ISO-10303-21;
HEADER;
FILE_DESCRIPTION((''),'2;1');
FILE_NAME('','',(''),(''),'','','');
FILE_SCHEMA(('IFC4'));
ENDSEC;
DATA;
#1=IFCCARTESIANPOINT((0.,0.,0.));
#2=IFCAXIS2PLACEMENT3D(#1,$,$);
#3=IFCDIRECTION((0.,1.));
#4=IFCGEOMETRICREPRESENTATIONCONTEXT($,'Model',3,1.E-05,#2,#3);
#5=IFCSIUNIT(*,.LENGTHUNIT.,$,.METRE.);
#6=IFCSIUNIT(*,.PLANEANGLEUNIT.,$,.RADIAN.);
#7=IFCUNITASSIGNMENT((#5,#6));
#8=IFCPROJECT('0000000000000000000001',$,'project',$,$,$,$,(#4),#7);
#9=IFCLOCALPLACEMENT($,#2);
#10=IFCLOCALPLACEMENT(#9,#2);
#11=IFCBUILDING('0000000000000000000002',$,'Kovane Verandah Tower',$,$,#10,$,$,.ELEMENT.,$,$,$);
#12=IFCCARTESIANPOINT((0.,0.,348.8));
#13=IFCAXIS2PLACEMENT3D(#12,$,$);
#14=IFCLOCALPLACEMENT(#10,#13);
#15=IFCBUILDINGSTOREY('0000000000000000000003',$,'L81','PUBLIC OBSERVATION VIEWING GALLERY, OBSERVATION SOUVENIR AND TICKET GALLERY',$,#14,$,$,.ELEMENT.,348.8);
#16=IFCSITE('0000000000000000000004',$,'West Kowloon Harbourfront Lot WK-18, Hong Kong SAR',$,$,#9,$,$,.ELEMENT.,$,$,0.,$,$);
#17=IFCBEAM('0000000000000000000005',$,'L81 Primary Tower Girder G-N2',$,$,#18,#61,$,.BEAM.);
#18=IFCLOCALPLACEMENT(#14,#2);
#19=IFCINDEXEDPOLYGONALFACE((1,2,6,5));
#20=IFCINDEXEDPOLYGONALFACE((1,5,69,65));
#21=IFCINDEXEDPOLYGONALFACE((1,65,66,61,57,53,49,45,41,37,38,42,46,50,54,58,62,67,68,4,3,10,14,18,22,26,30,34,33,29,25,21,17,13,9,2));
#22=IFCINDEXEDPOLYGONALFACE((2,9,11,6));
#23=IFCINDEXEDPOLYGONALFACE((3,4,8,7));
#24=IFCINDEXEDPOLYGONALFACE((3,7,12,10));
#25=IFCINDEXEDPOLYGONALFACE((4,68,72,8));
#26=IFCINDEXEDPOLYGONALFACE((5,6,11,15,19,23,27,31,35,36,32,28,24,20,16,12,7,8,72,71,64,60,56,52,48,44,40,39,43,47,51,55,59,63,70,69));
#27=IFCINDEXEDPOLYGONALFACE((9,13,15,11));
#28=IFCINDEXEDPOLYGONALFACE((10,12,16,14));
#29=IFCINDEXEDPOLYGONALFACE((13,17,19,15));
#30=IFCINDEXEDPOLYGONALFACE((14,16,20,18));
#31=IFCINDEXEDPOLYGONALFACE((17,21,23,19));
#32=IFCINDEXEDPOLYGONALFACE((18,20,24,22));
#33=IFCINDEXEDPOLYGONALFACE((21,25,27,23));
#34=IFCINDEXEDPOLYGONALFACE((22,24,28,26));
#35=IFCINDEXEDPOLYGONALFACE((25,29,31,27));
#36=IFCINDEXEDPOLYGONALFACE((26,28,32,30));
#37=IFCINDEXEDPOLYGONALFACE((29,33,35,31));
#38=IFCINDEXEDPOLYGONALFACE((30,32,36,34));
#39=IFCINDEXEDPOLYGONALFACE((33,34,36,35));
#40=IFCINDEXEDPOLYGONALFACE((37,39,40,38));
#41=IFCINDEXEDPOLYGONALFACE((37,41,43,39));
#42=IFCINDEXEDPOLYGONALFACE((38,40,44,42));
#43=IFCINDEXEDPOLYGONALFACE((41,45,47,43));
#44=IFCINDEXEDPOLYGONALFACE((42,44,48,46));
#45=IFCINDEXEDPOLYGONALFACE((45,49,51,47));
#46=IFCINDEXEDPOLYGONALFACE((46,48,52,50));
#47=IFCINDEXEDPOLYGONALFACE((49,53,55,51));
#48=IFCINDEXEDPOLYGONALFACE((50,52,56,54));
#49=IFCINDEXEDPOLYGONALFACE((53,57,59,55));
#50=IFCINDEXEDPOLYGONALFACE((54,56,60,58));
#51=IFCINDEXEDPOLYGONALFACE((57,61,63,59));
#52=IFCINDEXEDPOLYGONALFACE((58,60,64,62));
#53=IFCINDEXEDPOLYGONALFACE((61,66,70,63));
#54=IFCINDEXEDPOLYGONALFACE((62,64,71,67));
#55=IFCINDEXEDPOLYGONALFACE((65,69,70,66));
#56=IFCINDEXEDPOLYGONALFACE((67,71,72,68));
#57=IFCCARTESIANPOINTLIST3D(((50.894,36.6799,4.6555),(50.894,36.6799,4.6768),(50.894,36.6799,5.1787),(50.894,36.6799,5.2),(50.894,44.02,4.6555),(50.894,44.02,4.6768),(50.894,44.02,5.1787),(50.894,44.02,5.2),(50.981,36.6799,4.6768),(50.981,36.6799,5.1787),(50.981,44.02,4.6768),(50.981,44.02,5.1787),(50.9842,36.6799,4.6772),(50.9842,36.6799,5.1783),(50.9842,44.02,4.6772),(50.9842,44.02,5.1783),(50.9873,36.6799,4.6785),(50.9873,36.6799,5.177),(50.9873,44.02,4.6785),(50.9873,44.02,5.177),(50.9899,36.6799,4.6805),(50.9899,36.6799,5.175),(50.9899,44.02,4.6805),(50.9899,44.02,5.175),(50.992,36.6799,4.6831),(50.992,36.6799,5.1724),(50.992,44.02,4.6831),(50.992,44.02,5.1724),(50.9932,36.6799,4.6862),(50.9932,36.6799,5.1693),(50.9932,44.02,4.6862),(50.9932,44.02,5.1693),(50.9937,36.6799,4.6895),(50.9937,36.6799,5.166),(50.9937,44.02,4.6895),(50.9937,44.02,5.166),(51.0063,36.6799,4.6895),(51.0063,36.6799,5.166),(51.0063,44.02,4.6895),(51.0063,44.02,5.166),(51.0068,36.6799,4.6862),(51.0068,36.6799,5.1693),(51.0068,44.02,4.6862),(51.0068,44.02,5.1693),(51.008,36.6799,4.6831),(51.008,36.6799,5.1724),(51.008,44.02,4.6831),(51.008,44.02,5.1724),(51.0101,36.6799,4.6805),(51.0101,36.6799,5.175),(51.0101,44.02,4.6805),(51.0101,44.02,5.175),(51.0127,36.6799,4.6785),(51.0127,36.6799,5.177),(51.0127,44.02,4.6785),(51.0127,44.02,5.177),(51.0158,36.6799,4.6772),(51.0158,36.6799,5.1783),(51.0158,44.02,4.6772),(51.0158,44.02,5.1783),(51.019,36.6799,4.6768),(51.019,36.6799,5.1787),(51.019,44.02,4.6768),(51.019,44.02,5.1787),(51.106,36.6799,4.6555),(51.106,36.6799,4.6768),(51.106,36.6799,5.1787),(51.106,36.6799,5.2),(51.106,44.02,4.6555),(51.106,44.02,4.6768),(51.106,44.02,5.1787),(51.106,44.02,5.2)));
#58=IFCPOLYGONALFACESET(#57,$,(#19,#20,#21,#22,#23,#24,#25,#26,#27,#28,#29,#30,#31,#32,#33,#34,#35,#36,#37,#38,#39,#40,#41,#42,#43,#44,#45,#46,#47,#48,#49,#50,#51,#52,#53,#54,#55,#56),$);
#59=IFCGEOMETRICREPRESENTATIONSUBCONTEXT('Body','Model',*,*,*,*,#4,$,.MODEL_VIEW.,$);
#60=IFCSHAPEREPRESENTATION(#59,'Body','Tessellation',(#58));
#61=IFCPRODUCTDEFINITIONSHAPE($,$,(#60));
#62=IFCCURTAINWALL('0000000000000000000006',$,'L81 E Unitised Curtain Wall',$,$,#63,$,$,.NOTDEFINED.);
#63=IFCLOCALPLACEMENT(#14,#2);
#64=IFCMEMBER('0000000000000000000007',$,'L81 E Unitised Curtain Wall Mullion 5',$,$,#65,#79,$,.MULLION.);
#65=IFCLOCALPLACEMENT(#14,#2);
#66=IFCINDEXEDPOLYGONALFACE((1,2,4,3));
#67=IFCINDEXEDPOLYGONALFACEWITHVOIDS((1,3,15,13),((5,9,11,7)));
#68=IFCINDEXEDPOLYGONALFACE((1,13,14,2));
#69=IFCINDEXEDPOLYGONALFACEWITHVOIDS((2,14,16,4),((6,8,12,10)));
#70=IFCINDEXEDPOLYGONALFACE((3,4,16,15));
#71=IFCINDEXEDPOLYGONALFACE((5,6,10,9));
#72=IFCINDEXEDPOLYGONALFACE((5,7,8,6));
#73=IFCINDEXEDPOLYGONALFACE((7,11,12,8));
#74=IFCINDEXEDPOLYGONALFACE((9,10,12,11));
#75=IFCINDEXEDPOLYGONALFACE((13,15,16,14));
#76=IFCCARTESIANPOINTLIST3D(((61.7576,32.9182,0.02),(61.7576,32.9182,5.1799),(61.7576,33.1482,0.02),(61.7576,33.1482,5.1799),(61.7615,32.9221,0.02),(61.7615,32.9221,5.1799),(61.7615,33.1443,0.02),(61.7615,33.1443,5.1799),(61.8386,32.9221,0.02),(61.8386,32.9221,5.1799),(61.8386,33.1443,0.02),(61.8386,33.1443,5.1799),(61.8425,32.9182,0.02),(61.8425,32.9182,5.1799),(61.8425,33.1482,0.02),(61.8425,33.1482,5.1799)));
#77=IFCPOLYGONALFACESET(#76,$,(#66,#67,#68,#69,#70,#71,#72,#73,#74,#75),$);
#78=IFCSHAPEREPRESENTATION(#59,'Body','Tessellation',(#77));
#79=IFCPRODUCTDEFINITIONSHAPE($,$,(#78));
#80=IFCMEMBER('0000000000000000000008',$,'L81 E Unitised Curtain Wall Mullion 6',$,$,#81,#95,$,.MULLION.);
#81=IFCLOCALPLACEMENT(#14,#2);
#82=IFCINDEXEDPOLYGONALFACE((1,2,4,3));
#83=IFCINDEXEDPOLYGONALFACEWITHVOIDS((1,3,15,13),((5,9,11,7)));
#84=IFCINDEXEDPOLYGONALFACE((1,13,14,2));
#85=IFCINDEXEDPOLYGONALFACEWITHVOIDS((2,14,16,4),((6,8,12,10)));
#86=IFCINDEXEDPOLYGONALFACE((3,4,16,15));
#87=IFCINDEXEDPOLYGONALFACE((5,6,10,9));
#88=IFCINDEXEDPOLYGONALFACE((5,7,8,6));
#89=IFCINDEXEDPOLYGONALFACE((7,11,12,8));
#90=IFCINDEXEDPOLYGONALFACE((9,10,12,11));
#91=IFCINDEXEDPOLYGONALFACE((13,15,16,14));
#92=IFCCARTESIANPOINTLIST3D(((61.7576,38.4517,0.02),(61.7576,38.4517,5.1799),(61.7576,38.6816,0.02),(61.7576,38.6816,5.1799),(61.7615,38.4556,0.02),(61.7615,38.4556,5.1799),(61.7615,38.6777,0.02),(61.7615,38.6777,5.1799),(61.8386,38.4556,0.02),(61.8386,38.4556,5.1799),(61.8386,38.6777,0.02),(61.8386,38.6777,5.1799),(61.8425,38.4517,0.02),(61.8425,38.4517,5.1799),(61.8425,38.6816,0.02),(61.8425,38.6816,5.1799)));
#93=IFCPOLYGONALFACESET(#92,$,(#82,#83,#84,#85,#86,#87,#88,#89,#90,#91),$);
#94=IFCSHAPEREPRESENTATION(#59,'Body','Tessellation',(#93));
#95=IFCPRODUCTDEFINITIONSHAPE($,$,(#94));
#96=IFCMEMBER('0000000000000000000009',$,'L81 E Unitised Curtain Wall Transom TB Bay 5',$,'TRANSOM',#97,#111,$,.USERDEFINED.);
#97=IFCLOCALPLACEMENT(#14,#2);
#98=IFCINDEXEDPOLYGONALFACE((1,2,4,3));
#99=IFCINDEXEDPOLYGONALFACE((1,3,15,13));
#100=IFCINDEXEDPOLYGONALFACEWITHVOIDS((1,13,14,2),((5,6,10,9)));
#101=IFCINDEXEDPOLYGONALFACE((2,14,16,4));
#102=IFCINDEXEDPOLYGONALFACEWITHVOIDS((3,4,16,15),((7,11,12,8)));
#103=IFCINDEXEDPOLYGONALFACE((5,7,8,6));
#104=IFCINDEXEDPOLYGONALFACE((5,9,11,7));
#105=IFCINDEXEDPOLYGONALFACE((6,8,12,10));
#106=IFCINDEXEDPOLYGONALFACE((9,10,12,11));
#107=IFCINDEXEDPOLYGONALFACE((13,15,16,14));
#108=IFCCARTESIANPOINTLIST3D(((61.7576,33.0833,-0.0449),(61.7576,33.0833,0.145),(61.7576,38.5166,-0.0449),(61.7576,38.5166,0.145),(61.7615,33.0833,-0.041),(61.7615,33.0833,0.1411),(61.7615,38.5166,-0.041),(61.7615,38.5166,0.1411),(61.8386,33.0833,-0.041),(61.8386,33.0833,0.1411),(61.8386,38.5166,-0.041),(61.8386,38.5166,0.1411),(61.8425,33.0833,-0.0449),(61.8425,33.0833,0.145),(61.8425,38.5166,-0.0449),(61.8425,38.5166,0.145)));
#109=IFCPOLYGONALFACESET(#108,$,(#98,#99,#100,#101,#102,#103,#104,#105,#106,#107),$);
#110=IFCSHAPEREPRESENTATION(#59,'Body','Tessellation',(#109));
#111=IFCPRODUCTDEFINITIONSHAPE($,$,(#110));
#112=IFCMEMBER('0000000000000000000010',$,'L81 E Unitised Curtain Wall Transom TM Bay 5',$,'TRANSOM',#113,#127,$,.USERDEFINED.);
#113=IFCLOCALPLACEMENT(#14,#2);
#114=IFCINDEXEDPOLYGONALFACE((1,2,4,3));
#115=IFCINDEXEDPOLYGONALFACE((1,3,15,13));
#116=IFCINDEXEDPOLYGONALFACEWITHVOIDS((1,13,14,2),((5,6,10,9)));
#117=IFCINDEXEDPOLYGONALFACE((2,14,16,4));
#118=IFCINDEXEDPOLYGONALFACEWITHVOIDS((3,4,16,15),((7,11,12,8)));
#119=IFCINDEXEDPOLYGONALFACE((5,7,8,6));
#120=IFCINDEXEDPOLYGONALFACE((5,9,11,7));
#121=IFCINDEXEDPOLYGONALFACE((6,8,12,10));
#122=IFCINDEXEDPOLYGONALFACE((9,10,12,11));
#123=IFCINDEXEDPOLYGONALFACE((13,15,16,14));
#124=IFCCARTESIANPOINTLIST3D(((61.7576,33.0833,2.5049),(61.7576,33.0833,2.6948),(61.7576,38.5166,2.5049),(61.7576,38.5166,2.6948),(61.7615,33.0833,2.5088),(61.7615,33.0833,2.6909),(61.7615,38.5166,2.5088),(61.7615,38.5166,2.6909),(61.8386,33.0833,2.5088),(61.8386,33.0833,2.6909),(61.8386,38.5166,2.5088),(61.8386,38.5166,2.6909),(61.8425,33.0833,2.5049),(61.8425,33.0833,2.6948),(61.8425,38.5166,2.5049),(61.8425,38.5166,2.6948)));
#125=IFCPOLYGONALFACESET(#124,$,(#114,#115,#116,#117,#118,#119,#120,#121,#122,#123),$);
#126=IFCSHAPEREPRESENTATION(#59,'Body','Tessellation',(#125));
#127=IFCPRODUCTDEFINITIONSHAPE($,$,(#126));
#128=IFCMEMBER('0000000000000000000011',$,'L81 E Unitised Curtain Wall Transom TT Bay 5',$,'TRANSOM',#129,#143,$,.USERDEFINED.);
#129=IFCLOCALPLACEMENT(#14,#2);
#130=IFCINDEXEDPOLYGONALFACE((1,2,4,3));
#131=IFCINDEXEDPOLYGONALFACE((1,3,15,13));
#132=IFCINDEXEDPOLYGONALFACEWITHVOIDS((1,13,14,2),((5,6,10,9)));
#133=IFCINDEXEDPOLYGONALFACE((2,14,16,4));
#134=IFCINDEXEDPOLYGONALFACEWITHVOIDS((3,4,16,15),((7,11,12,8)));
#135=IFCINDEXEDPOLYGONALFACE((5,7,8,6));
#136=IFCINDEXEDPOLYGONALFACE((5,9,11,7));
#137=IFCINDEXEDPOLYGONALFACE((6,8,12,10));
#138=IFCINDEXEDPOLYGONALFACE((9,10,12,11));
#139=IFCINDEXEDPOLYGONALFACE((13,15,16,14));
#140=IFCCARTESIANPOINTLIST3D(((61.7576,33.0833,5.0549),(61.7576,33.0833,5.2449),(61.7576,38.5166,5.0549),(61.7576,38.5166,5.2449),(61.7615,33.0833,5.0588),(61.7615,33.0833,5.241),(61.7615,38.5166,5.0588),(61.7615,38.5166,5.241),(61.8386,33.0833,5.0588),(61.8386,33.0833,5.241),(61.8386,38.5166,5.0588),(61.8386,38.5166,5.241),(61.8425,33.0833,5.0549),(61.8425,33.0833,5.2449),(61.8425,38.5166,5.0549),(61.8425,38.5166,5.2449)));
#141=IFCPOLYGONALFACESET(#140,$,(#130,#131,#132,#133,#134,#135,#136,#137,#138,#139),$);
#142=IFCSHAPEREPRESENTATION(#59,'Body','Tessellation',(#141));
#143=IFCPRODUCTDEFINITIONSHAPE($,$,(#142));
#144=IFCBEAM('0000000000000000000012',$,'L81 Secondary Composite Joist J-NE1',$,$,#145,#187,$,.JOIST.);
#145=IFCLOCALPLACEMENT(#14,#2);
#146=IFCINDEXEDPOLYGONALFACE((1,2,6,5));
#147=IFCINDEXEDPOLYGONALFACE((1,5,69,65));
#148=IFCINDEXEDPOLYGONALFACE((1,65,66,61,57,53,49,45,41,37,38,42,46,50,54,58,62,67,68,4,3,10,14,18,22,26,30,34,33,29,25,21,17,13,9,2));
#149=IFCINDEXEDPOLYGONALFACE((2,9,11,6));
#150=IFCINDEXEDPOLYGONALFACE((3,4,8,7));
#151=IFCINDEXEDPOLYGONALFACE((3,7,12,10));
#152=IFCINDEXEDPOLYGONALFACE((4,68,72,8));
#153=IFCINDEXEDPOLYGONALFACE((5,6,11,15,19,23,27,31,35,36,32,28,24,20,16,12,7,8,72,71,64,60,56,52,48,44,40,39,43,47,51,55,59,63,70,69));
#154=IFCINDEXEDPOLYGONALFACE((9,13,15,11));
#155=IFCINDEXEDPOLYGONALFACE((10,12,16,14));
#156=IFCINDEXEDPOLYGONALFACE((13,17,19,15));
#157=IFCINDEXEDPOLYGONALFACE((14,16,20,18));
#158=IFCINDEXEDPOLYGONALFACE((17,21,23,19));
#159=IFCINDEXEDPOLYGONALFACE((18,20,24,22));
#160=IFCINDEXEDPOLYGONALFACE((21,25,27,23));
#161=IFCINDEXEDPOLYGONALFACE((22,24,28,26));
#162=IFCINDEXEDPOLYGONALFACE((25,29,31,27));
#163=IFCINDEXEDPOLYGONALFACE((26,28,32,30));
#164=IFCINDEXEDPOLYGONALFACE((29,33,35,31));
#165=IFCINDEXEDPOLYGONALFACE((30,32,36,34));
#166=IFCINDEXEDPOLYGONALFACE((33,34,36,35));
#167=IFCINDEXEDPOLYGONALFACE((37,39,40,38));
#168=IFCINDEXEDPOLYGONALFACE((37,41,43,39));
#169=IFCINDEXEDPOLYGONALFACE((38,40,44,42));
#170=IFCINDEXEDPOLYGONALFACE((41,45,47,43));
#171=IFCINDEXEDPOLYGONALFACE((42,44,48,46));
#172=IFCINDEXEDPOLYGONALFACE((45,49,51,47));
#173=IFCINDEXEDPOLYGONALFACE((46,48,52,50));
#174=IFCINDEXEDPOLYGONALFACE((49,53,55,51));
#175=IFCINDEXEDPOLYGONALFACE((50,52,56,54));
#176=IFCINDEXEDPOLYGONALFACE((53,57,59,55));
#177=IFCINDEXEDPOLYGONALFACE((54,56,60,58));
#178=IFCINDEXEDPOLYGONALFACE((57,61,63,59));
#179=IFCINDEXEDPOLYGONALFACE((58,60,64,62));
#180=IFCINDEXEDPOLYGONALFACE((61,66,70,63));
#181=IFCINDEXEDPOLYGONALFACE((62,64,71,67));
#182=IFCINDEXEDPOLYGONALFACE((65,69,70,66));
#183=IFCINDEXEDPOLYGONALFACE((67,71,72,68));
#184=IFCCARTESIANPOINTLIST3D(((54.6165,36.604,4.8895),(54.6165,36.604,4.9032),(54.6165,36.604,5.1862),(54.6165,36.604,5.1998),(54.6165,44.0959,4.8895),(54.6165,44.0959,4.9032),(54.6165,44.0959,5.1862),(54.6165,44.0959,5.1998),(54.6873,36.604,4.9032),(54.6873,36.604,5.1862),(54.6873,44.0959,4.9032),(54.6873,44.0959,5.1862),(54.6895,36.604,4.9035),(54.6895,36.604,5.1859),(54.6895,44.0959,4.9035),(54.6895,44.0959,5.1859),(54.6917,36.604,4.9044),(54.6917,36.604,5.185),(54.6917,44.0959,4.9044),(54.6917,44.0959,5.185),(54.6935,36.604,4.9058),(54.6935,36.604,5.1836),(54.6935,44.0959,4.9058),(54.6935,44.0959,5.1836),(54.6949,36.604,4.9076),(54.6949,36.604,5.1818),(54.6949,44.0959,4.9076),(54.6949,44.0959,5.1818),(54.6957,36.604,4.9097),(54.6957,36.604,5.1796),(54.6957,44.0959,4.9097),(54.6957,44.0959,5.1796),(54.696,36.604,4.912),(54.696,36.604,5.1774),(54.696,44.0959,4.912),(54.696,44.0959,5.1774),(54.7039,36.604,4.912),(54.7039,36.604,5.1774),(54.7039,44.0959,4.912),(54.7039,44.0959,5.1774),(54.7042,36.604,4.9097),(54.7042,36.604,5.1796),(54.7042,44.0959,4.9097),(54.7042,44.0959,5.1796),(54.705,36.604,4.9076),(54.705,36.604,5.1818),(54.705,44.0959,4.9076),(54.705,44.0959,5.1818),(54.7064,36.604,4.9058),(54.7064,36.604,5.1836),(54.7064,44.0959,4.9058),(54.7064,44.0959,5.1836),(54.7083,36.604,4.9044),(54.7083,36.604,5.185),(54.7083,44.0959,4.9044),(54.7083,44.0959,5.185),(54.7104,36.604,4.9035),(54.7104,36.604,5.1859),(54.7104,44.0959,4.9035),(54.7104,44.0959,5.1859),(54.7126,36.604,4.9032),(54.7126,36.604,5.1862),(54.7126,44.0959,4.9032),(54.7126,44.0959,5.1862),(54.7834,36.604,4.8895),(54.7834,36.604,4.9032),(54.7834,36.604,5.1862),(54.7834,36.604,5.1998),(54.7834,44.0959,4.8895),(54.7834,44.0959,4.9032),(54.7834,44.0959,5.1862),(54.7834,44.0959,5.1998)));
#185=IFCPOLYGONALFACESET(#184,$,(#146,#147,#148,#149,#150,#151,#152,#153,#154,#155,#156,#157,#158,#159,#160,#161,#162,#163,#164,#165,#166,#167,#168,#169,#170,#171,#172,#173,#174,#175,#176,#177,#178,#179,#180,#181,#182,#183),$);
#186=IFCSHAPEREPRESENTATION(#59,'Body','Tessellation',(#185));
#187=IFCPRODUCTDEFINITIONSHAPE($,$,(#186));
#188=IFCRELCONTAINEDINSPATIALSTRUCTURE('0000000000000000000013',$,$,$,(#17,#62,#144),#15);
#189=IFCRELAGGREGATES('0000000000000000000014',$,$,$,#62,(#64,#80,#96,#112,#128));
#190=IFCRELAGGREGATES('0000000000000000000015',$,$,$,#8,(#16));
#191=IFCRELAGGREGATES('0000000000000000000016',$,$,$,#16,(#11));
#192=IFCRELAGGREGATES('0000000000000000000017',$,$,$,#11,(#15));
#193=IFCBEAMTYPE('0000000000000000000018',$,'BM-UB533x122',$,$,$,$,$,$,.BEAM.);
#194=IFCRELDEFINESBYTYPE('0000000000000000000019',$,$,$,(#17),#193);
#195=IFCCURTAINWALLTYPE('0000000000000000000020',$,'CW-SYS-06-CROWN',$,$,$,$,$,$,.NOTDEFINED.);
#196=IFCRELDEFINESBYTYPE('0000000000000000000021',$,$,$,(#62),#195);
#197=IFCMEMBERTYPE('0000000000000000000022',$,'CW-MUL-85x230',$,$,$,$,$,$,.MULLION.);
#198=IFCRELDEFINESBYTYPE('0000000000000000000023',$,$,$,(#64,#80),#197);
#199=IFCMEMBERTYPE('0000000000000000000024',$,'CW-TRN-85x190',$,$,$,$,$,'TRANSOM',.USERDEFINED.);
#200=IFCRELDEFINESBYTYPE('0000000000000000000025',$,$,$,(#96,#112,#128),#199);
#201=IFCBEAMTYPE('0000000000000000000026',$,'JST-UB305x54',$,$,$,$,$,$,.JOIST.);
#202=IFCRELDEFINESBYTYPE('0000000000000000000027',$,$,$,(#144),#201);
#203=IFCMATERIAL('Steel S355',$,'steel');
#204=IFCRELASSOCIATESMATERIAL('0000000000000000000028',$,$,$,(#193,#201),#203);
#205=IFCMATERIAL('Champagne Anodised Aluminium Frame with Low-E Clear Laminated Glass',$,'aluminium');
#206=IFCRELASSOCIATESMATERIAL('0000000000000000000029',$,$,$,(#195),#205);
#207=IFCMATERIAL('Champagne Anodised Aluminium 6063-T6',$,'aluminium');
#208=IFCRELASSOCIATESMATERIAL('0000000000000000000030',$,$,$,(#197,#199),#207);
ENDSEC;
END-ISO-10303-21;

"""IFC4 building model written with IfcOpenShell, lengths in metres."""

from ifc_helpers import new_model, si_unit, direction, frame, origin, origin_2d, place, context, subcontext, project, spatial, hollow_rectangle, i_section, extrude, material, material_profile, profile_set, type_object, element, aggregate, save


model = new_model("IFC4")

# Units and contexts
model_context = context("Model", 3, precision=1e-05, world=origin(), true_north=direction((0.0, 1.0)))
body_context = subcontext(model_context, "Body", "Model", "MODEL_VIEW")
ifc_project = project(units=[si_unit("LENGTHUNIT", "METRE"), si_unit("PLANEANGLEUNIT", "RADIAN")], contexts=[model_context])

# Site, building, storey
site_placement = place(None, origin())
site = spatial("IfcSite", under=ifc_project, at=site_placement, Name="West Kowloon Harbourfront Lot WK-18, Hong Kong SAR", CompositionType="ELEMENT", RefElevation=0.0)
building_placement = place(site_placement, origin())
building = spatial("IfcBuilding", under=site, at=building_placement, Name="Kovane Verandah Tower", CompositionType="ELEMENT")
storey_placement = place(building_placement, frame((0.0, 0.0, 348.8)))
storey = spatial("IfcBuildingStorey", under=building, at=storey_placement, Name="L81", Description="PUBLIC OBSERVATION VIEWING GALLERY, OBSERVATION SOUVENIR AND TICKET GALLERY", CompositionType="ELEMENT", Elevation=348.8)

# Beam
ifc_material_1 = material(Name="Steel S355", Category="steel")
ifc_material_profile_1 = material_profile(ifc_material_1, i_section(OverallWidth=0.2119, OverallDepth=0.5444, WebThickness=0.0127, FlangeThickness=0.0212, FilletRadius=0.0127, at=origin_2d()), Name="UB533x210x122")
ifc_profile_set_1 = profile_set([ifc_material_profile_1], Name="Steel S355")
beam_type_1 = type_object("IfcBeamType", Name="BM-UB533x122", PredefinedType="BEAM", material=ifc_profile_set_1)
beam_1_placement = place(storey_placement, frame((51.0, 36.6799, 4.9277), z_axis=(0.0, 1.0, 0.0), x_axis=(-1.0, 0.0, 0.0)))
element("IfcBeam", 1, at=beam_1_placement, inside=storey, type_object=beam_type_1, Name="L81 Primary Tower Girder G-N2", PredefinedType="BEAM", context=body_context, shape_type="SweptSolid", body=[
    extrude(i_section(OverallWidth=0.2119, OverallDepth=0.5444, WebThickness=0.0127, FlangeThickness=0.0212, FilletRadius=0.0127, at=origin_2d()), origin(), (0.0, 0.0, 1.0), 7.3401),
])

# Curtain wall, members
ifc_material_2 = material(Name="Champagne Anodised Aluminium Frame with Low-E Clear Laminated Glass", Category="aluminium")
curtain_wall_type = type_object("IfcCurtainWallType", Name="CW-SYS-06-CROWN", PredefinedType="NOTDEFINED", material=ifc_material_2)
curtain_wall_placement = place(storey_placement, origin())
curtain_wall = element("IfcCurtainWall", 2, at=curtain_wall_placement, inside=storey, type_object=curtain_wall_type, Name="L81 E Unitised Curtain Wall", PredefinedType="NOTDEFINED")
ifc_material_3 = material(Name="Champagne Anodised Aluminium 6063-T6", Category="aluminium")
ifc_material_profile_2 = material_profile(ifc_material_3, hollow_rectangle(XDim=0.085, YDim=0.23, WallThickness=0.0039, at=origin_2d()), Name="AL85x230x4")
ifc_profile_set_2 = profile_set([ifc_material_profile_2], Name="Champagne Anodised Aluminium 6063-T6")
member_type_1 = type_object("IfcMemberType", Name="CW-MUL-85x230", PredefinedType="MULLION", material=ifc_profile_set_2)
member_1_placement = place(storey_placement, frame((61.8, 33.0332, 0.02), z_axis=(0.0, 0.0, 1.0), x_axis=(1.0, 0.0, 0.0)))
member_1 = element("IfcMember", 3, at=member_1_placement, type_object=member_type_1, Name="L81 E Unitised Curtain Wall Mullion 5", PredefinedType="MULLION", context=body_context, shape_type="SweptSolid", body=[
    extrude(hollow_rectangle(XDim=0.085, YDim=0.23, WallThickness=0.0039, at=origin_2d()), origin(), (0.0, 0.0, 1.0), 5.1599),
])
member_2_placement = place(storey_placement, frame((61.8, 38.5667, 0.02), z_axis=(0.0, 0.0, 1.0), x_axis=(1.0, 0.0, 0.0)))
member_2 = element("IfcMember", 4, at=member_2_placement, type_object=member_type_1, Name="L81 E Unitised Curtain Wall Mullion 6", PredefinedType="MULLION", context=body_context, shape_type="SweptSolid", body=[
    extrude(hollow_rectangle(XDim=0.085, YDim=0.23, WallThickness=0.0039, at=origin_2d()), origin(), (0.0, 0.0, 1.0), 5.1599),
])
ifc_material_profile_3 = material_profile(ifc_material_3, hollow_rectangle(XDim=0.085, YDim=0.1899, WallThickness=0.0039, at=origin_2d()), Name="AL85x190x4")
ifc_profile_set_3 = profile_set([ifc_material_profile_3], Name="Champagne Anodised Aluminium 6063-T6")
member_type_2 = type_object("IfcMemberType", Name="CW-TRN-85x190", ElementType="TRANSOM", PredefinedType="USERDEFINED", material=ifc_profile_set_3)
member_3_placement = place(storey_placement, frame((61.8, 33.0833, 0.05), z_axis=(0.0, 1.0, 0.0), x_axis=(-1.0, 0.0, 0.0)))
member_3 = element("IfcMember", 5, at=member_3_placement, type_object=member_type_2, Name="L81 E Unitised Curtain Wall Transom TB Bay 5", ObjectType="TRANSOM", PredefinedType="USERDEFINED", context=body_context, shape_type="SweptSolid", body=[
    extrude(hollow_rectangle(XDim=0.085, YDim=0.1899, WallThickness=0.0039, at=origin_2d()), origin(), (0.0, 0.0, 1.0), 5.4333),
])
member_4_placement = place(storey_placement, frame((61.8, 33.0833, 2.5999), z_axis=(0.0, 1.0, 0.0), x_axis=(-1.0, 0.0, 0.0)))
member_4 = element("IfcMember", 6, at=member_4_placement, type_object=member_type_2, Name="L81 E Unitised Curtain Wall Transom TM Bay 5", ObjectType="TRANSOM", PredefinedType="USERDEFINED", context=body_context, shape_type="SweptSolid", body=[
    extrude(hollow_rectangle(XDim=0.085, YDim=0.1899, WallThickness=0.0039, at=origin_2d()), origin(), (0.0, 0.0, 1.0), 5.4333),
])
member_5_placement = place(storey_placement, frame((61.8, 33.0833, 5.1499), z_axis=(0.0, 1.0, 0.0), x_axis=(-1.0, 0.0, 0.0)))
member_5 = element("IfcMember", 7, at=member_5_placement, type_object=member_type_2, Name="L81 E Unitised Curtain Wall Transom TT Bay 5", ObjectType="TRANSOM", PredefinedType="USERDEFINED", context=body_context, shape_type="SweptSolid", body=[
    extrude(hollow_rectangle(XDim=0.085, YDim=0.1899, WallThickness=0.0039, at=origin_2d()), origin(), (0.0, 0.0, 1.0), 5.4333),
])

# Beam
ifc_material_profile_4 = material_profile(ifc_material_1, i_section(OverallWidth=0.167, OverallDepth=0.3103, WebThickness=0.0078, FlangeThickness=0.0137, FilletRadius=0.0088, at=origin_2d()), Name="UB305x165x54")
ifc_profile_set_4 = profile_set([ifc_material_profile_4], Name="Steel S355")
beam_type_2 = type_object("IfcBeamType", Name="JST-UB305x54", PredefinedType="JOIST", material=ifc_profile_set_4)
beam_2_placement = place(storey_placement, frame((54.7, 36.604, 5.0447), z_axis=(0.0, 1.0, 0.0), x_axis=(-1.0, 0.0, 0.0)))
element("IfcBeam", 8, at=beam_2_placement, inside=storey, type_object=beam_type_2, Name="L81 Secondary Composite Joist J-NE1", PredefinedType="JOIST", context=body_context, shape_type="SweptSolid", body=[
    extrude(i_section(OverallWidth=0.167, OverallDepth=0.3103, WebThickness=0.0078, FlangeThickness=0.0137, FilletRadius=0.0088, at=origin_2d()), origin(), (0.0, 0.0, 1.0), 7.4919),
])

aggregate(curtain_wall, [member_1, member_2, member_3, member_4, member_5])

save(model, "model.ifc")
